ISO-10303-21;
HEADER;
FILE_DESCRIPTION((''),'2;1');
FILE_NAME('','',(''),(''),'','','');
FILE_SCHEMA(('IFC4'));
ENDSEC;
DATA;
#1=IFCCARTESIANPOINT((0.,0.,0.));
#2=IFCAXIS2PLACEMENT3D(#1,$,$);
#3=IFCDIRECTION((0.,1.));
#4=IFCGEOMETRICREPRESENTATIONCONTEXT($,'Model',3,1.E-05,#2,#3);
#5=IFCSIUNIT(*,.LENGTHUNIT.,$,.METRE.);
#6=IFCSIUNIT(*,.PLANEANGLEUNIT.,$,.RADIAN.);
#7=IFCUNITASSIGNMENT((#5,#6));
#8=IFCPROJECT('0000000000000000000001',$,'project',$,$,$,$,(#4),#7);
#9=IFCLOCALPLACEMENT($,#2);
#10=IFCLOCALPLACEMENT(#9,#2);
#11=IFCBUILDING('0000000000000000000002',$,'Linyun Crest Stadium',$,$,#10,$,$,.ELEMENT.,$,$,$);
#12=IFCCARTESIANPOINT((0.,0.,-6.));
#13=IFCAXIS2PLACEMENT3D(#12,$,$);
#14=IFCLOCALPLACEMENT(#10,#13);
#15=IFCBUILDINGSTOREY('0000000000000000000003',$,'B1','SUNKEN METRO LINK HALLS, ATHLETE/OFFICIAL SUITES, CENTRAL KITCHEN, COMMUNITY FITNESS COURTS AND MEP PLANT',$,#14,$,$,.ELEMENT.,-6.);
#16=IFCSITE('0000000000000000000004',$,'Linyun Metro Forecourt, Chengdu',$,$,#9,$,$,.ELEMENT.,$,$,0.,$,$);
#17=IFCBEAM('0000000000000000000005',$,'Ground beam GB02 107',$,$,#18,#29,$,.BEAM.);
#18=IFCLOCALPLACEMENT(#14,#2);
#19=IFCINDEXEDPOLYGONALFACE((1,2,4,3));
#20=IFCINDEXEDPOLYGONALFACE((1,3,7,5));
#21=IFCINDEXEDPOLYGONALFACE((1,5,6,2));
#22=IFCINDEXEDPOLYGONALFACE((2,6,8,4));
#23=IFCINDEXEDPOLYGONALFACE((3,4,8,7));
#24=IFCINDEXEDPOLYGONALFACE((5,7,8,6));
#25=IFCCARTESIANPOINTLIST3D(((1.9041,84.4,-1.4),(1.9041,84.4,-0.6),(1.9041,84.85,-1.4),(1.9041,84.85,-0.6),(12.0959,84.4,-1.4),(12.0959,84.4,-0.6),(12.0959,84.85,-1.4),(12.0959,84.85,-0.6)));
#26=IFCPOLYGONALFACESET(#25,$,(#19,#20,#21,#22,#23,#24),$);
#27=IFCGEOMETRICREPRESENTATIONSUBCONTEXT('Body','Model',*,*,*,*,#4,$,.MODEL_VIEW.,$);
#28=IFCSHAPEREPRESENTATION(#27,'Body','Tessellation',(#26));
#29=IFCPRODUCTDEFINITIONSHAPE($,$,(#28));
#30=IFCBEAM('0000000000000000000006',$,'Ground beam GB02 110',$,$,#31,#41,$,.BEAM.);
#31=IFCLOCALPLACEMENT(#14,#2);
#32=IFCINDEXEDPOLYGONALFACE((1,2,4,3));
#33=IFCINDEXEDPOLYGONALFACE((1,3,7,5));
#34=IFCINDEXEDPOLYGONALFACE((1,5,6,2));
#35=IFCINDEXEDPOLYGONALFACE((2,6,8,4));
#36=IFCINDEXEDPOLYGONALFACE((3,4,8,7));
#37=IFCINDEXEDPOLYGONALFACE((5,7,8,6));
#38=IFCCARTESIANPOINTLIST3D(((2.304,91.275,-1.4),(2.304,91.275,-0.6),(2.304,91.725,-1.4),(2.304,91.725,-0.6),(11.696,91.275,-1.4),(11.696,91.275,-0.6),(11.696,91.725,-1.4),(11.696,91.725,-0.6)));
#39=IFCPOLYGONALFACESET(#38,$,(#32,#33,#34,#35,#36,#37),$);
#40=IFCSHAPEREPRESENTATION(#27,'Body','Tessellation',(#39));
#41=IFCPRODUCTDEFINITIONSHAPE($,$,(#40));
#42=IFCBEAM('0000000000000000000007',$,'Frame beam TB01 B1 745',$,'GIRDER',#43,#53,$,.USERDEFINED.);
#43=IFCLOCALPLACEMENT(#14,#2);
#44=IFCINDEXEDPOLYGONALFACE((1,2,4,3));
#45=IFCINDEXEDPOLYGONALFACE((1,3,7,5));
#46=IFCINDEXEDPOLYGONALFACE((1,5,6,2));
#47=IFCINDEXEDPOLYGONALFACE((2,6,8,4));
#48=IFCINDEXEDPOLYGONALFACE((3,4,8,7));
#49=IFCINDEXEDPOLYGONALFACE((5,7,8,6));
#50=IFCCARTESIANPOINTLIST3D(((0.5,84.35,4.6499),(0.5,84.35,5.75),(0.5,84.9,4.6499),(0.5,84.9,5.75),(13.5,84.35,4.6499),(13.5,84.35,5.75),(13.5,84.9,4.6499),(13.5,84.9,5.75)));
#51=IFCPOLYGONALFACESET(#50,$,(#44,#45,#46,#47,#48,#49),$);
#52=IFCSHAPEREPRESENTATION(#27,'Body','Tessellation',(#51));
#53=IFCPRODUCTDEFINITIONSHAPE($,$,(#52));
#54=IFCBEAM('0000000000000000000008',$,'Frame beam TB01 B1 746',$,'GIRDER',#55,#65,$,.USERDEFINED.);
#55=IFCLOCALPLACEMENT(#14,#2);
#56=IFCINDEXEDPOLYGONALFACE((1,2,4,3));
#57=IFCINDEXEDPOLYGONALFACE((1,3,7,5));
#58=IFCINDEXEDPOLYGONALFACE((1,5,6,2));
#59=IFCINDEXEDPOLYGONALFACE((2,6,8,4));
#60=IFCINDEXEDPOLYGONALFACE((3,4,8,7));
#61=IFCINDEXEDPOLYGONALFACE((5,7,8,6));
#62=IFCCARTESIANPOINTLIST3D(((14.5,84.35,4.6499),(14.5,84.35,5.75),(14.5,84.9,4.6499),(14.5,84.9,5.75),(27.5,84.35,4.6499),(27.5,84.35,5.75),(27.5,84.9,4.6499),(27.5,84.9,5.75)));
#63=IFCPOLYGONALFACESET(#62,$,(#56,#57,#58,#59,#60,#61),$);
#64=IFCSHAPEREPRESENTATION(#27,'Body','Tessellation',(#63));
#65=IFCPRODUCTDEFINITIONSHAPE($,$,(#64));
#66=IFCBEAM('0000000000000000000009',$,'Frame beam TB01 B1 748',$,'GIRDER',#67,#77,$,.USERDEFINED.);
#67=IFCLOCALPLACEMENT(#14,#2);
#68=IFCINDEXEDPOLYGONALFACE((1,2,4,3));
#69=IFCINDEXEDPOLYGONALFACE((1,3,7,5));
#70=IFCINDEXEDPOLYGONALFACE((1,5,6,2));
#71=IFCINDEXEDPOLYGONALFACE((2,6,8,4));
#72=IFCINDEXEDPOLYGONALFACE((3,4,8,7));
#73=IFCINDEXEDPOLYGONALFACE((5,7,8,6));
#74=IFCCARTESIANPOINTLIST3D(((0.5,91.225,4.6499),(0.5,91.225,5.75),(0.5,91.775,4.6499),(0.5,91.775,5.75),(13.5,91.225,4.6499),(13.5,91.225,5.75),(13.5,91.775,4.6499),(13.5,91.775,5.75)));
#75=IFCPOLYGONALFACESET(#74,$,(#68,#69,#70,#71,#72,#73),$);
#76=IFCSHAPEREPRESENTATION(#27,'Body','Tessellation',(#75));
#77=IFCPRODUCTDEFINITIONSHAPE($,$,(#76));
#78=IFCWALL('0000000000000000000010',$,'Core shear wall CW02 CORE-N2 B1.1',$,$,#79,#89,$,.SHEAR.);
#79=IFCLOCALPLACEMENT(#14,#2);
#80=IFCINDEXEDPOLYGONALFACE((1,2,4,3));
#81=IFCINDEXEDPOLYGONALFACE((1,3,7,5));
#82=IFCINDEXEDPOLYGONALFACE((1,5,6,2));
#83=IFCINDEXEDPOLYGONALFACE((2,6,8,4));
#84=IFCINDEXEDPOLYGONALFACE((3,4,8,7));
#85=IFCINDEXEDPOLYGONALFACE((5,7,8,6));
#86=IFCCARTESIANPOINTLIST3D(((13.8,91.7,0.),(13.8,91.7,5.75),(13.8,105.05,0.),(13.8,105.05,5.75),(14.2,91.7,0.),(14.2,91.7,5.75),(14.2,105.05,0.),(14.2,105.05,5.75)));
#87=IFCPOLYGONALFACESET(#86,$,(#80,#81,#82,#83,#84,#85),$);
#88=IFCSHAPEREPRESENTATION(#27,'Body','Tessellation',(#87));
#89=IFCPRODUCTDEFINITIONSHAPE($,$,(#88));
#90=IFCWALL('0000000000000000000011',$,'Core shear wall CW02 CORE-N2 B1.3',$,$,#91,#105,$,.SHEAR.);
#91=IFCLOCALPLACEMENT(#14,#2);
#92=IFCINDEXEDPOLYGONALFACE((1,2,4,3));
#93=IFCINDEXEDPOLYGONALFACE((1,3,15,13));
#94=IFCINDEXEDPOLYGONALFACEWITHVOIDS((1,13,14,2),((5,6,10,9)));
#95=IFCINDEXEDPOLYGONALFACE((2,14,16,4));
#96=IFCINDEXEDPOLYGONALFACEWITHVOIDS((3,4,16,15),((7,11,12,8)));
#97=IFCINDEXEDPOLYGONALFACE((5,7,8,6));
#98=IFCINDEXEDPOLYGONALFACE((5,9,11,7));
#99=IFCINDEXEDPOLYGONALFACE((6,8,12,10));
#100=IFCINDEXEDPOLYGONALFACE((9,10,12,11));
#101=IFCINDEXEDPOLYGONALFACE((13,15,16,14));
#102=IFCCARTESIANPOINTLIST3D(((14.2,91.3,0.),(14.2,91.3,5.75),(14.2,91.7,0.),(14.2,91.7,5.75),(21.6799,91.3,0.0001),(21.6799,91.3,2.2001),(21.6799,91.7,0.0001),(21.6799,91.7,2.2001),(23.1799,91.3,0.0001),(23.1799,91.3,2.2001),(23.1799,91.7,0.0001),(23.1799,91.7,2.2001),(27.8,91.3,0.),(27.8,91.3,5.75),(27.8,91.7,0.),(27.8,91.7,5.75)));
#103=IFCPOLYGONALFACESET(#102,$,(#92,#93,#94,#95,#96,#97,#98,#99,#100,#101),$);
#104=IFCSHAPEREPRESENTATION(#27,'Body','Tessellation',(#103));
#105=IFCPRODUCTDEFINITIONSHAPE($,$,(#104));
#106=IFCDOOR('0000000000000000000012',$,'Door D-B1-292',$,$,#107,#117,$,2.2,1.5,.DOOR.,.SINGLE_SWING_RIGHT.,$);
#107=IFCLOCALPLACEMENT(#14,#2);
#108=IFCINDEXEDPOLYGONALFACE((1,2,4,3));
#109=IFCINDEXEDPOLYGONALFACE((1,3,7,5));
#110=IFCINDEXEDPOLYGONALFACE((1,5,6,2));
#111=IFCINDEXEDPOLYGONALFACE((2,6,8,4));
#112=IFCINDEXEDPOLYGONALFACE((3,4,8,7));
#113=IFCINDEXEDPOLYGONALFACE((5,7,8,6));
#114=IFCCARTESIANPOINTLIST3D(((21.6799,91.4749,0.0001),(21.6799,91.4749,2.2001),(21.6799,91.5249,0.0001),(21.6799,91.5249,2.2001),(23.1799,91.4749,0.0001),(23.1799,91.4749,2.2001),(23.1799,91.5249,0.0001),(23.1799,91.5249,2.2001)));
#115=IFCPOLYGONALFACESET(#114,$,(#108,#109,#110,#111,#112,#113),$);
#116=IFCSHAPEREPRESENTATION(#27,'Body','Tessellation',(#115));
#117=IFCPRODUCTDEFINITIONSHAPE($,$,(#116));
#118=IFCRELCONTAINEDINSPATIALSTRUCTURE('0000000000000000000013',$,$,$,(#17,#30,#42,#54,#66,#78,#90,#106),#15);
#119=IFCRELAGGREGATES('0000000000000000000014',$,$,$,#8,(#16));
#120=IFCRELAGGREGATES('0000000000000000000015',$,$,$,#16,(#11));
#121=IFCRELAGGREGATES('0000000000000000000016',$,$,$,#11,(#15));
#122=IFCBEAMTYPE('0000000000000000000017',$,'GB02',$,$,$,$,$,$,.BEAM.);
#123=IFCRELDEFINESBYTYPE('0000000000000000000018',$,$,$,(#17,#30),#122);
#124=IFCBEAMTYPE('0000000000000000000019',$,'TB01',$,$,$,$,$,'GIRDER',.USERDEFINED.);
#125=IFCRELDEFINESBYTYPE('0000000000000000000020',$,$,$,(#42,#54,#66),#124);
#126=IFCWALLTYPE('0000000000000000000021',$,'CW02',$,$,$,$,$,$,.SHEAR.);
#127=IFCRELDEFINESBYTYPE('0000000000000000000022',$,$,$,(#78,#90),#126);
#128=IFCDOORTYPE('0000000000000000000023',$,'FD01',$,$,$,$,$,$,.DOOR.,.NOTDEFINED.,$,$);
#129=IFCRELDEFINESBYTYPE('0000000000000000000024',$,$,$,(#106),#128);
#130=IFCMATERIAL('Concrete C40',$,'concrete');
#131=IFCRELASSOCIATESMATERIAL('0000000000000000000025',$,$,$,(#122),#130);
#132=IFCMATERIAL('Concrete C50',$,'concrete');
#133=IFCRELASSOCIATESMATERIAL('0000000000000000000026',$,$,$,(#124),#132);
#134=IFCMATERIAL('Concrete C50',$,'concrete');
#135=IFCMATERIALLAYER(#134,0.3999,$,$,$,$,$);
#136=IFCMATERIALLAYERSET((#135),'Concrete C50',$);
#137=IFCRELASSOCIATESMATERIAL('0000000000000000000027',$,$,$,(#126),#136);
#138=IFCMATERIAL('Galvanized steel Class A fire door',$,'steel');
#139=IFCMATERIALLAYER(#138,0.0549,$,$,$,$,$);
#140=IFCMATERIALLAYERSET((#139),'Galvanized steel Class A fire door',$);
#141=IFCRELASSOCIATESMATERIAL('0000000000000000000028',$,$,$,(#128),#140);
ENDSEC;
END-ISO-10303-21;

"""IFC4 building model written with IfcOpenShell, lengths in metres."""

from ifc_helpers import new_model, si_unit, direction, frame, frame_2d, origin, origin_2d, place, context, subcontext, project, spatial, rectangle, extrude, material, layer, layer_set, material_profile, profile_set, type_object, element, fill, save


model = new_model("IFC4")

# Units and contexts
model_context = context("Model", 3, precision=1e-05, world=origin(), true_north=direction((0.0, 1.0)))
body_context = subcontext(model_context, "Body", "Model", "MODEL_VIEW")
ifc_project = project(units=[si_unit("LENGTHUNIT", "METRE"), si_unit("PLANEANGLEUNIT", "RADIAN")], contexts=[model_context])

# Site, building, storey
site_placement = place(None, origin())
site = spatial("IfcSite", under=ifc_project, at=site_placement, Name="Linyun Metro Forecourt, Chengdu", CompositionType="ELEMENT", RefElevation=0.0)
building_placement = place(site_placement, origin())
building = spatial("IfcBuilding", under=site, at=building_placement, Name="Linyun Crest Stadium", CompositionType="ELEMENT")
storey_placement = place(building_placement, frame((0.0, 0.0, -6.0)))
storey = spatial("IfcBuildingStorey", under=building, at=storey_placement, Name="B1", Description="SUNKEN METRO LINK HALLS, ATHLETE/OFFICIAL SUITES, CENTRAL KITCHEN, COMMUNITY FITNESS COURTS AND MEP PLANT", CompositionType="ELEMENT", Elevation=-6.0)

# Beams
ifc_material_1 = material(Name="Concrete C40", Category="concrete")
ifc_material_profile_1 = material_profile(ifc_material_1, rectangle(XDim=0.45, YDim=0.8, at=origin_2d()), Name="RCB 800x450")
ifc_profile_set_1 = profile_set([ifc_material_profile_1], Name="Concrete C40")
beam_type_1 = type_object("IfcBeamType", Name="GB02", PredefinedType="BEAM", material=ifc_profile_set_1)
beam_1_placement = place(storey_placement, frame((1.9041, 84.625, -1.0), z_axis=(1.0, 0.0, 0.0), x_axis=(0.0, 1.0, 0.0)))
element("IfcBeam", 1, at=beam_1_placement, inside=storey, type_object=beam_type_1, Name="Ground beam GB02 107", PredefinedType="BEAM", context=body_context, shape_type="SweptSolid", body=[
    extrude(rectangle(XDim=0.45, YDim=0.8, at=origin_2d()), origin(), (0.0, 0.0, 1.0), 10.1919),
])
beam_2_placement = place(storey_placement, frame((2.304, 91.5, -1.0), z_axis=(1.0, 0.0, 0.0), x_axis=(0.0, 1.0, 0.0)))
element("IfcBeam", 2, at=beam_2_placement, inside=storey, type_object=beam_type_1, Name="Ground beam GB02 110", PredefinedType="BEAM", context=body_context, shape_type="SweptSolid", body=[
    extrude(rectangle(XDim=0.45, YDim=0.8, at=origin_2d()), origin(), (0.0, 0.0, 1.0), 9.3921),
])
ifc_material_2 = material(Name="Concrete C50", Category="concrete")
ifc_material_profile_2 = material_profile(ifc_material_2, rectangle(XDim=0.55, YDim=1.1001, at=origin_2d()), Name="RCB 1100x550")
ifc_profile_set_2 = profile_set([ifc_material_profile_2], Name="Concrete C50")
beam_type_2 = type_object("IfcBeamType", Name="TB01", ElementType="GIRDER", PredefinedType="USERDEFINED", material=ifc_profile_set_2)
for number, where, z_axis, x_axis, name in (
    (3, (0.5, 84.625, 5.2), (1.0, 0.0, 0.0), (0.0, 1.0, 0.0), "Frame beam TB01 B1 745"),
    (4, (14.5, 84.625, 5.2), (1.0, 0.0, 0.0), (0.0, 1.0, 0.0), "Frame beam TB01 B1 746"),
    (5, (0.5, 91.5, 5.2), (1.0, 0.0, 0.0), (0.0, 1.0, 0.0), "Frame beam TB01 B1 748"),
):
    element("IfcBeam", number, at=place(storey_placement, frame(where, z_axis=z_axis, x_axis=x_axis)), inside=storey, type_object=beam_type_2, Name=name, ObjectType="GIRDER", PredefinedType="USERDEFINED", context=body_context, shape_type="SweptSolid", body=[
        extrude(rectangle(XDim=0.55, YDim=1.1001, at=origin_2d()), origin(), (0.0, 0.0, 1.0), 13.0),
    ])

# Wall
ifc_material_3 = material(Name="Concrete C50", Category="concrete")
ifc_layer_1 = layer(ifc_material_3, 0.3999)
ifc_layer_set_1 = layer_set([ifc_layer_1], Name="Concrete C50")
wall_type = type_object("IfcWallType", Name="CW02", PredefinedType="SHEAR", material=ifc_layer_set_1)
wall_1_placement = place(storey_placement, frame((14.0, 91.7, 0.0), z_axis=(0.0, 0.0, 1.0), x_axis=(0.0, 1.0, 0.0)))
element("IfcWall", 6, at=wall_1_placement, inside=storey, type_object=wall_type, Name="Core shear wall CW02 CORE-N2 B1.1", PredefinedType="SHEAR", context=body_context, shape_type="SweptSolid", body=[
    extrude(rectangle(XDim=13.3501, YDim=0.3999, at=frame_2d((6.675, 0.0))), origin(), (0.0, 0.0, 1.0), 5.75),
])

# Wall, opening, door
wall_2_placement = place(storey_placement, frame((14.2, 91.5, 0.0), z_axis=(0.0, 0.0, 1.0), x_axis=(1.0, 0.0, 0.0)))
wall_2 = element("IfcWall", 7, at=wall_2_placement, inside=storey, type_object=wall_type, Name="Core shear wall CW02 CORE-N2 B1.3", PredefinedType="SHEAR", context=body_context, shape_type="SweptSolid", body=[
    extrude(rectangle(XDim=13.6001, YDim=0.3999, at=frame_2d((6.8, 0.0))), origin(), (0.0, 0.0, 1.0), 5.75),
])
opening_placement = place(wall_2_placement, frame((7.48, 0.0, 0.0)))
opening = element("IfcOpeningElement", 8, at=opening_placement, cuts=wall_2, PredefinedType="OPENING", context=body_context, shape_type="SweptSolid", body=[
    extrude(rectangle(XDim=1.5, YDim=2.2, at=frame_2d((0.75, 1.1001))), frame((0.0, 0.21, 0.0), z_axis=(0.0, -1.0, 0.0), x_axis=(1.0, 0.0, 0.0)), (0.0, 0.0, 1.0), 0.4199),
])
ifc_material_4 = material(Name="Galvanized steel Class A fire door", Category="steel")
ifc_layer_2 = layer(ifc_material_4, 0.0549)
ifc_layer_set_2 = layer_set([ifc_layer_2], Name="Galvanized steel Class A fire door")
door_type = type_object("IfcDoorType", Name="FD01", OperationType="NOTDEFINED", PredefinedType="DOOR", material=ifc_layer_set_2)
door_placement = place(opening_placement, origin())
door = element("IfcDoor", 9, at=door_placement, inside=storey, type_object=door_type, Name="Door D-B1-292", OperationType="SINGLE_SWING_RIGHT", OverallHeight=2.2, OverallWidth=1.5, PredefinedType="DOOR", context=body_context, shape_type="SweptSolid", body=[
    extrude(rectangle(XDim=1.5, YDim=2.2, at=frame_2d((0.75, 1.1001))), frame((0.0, 0.0249, 0.0), z_axis=(0.0, -1.0, 0.0), x_axis=(1.0, 0.0, 0.0)), (0.0, 0.0, 1.0), 0.05),
])
fill(opening, door)

save(model, "model.ifc")
